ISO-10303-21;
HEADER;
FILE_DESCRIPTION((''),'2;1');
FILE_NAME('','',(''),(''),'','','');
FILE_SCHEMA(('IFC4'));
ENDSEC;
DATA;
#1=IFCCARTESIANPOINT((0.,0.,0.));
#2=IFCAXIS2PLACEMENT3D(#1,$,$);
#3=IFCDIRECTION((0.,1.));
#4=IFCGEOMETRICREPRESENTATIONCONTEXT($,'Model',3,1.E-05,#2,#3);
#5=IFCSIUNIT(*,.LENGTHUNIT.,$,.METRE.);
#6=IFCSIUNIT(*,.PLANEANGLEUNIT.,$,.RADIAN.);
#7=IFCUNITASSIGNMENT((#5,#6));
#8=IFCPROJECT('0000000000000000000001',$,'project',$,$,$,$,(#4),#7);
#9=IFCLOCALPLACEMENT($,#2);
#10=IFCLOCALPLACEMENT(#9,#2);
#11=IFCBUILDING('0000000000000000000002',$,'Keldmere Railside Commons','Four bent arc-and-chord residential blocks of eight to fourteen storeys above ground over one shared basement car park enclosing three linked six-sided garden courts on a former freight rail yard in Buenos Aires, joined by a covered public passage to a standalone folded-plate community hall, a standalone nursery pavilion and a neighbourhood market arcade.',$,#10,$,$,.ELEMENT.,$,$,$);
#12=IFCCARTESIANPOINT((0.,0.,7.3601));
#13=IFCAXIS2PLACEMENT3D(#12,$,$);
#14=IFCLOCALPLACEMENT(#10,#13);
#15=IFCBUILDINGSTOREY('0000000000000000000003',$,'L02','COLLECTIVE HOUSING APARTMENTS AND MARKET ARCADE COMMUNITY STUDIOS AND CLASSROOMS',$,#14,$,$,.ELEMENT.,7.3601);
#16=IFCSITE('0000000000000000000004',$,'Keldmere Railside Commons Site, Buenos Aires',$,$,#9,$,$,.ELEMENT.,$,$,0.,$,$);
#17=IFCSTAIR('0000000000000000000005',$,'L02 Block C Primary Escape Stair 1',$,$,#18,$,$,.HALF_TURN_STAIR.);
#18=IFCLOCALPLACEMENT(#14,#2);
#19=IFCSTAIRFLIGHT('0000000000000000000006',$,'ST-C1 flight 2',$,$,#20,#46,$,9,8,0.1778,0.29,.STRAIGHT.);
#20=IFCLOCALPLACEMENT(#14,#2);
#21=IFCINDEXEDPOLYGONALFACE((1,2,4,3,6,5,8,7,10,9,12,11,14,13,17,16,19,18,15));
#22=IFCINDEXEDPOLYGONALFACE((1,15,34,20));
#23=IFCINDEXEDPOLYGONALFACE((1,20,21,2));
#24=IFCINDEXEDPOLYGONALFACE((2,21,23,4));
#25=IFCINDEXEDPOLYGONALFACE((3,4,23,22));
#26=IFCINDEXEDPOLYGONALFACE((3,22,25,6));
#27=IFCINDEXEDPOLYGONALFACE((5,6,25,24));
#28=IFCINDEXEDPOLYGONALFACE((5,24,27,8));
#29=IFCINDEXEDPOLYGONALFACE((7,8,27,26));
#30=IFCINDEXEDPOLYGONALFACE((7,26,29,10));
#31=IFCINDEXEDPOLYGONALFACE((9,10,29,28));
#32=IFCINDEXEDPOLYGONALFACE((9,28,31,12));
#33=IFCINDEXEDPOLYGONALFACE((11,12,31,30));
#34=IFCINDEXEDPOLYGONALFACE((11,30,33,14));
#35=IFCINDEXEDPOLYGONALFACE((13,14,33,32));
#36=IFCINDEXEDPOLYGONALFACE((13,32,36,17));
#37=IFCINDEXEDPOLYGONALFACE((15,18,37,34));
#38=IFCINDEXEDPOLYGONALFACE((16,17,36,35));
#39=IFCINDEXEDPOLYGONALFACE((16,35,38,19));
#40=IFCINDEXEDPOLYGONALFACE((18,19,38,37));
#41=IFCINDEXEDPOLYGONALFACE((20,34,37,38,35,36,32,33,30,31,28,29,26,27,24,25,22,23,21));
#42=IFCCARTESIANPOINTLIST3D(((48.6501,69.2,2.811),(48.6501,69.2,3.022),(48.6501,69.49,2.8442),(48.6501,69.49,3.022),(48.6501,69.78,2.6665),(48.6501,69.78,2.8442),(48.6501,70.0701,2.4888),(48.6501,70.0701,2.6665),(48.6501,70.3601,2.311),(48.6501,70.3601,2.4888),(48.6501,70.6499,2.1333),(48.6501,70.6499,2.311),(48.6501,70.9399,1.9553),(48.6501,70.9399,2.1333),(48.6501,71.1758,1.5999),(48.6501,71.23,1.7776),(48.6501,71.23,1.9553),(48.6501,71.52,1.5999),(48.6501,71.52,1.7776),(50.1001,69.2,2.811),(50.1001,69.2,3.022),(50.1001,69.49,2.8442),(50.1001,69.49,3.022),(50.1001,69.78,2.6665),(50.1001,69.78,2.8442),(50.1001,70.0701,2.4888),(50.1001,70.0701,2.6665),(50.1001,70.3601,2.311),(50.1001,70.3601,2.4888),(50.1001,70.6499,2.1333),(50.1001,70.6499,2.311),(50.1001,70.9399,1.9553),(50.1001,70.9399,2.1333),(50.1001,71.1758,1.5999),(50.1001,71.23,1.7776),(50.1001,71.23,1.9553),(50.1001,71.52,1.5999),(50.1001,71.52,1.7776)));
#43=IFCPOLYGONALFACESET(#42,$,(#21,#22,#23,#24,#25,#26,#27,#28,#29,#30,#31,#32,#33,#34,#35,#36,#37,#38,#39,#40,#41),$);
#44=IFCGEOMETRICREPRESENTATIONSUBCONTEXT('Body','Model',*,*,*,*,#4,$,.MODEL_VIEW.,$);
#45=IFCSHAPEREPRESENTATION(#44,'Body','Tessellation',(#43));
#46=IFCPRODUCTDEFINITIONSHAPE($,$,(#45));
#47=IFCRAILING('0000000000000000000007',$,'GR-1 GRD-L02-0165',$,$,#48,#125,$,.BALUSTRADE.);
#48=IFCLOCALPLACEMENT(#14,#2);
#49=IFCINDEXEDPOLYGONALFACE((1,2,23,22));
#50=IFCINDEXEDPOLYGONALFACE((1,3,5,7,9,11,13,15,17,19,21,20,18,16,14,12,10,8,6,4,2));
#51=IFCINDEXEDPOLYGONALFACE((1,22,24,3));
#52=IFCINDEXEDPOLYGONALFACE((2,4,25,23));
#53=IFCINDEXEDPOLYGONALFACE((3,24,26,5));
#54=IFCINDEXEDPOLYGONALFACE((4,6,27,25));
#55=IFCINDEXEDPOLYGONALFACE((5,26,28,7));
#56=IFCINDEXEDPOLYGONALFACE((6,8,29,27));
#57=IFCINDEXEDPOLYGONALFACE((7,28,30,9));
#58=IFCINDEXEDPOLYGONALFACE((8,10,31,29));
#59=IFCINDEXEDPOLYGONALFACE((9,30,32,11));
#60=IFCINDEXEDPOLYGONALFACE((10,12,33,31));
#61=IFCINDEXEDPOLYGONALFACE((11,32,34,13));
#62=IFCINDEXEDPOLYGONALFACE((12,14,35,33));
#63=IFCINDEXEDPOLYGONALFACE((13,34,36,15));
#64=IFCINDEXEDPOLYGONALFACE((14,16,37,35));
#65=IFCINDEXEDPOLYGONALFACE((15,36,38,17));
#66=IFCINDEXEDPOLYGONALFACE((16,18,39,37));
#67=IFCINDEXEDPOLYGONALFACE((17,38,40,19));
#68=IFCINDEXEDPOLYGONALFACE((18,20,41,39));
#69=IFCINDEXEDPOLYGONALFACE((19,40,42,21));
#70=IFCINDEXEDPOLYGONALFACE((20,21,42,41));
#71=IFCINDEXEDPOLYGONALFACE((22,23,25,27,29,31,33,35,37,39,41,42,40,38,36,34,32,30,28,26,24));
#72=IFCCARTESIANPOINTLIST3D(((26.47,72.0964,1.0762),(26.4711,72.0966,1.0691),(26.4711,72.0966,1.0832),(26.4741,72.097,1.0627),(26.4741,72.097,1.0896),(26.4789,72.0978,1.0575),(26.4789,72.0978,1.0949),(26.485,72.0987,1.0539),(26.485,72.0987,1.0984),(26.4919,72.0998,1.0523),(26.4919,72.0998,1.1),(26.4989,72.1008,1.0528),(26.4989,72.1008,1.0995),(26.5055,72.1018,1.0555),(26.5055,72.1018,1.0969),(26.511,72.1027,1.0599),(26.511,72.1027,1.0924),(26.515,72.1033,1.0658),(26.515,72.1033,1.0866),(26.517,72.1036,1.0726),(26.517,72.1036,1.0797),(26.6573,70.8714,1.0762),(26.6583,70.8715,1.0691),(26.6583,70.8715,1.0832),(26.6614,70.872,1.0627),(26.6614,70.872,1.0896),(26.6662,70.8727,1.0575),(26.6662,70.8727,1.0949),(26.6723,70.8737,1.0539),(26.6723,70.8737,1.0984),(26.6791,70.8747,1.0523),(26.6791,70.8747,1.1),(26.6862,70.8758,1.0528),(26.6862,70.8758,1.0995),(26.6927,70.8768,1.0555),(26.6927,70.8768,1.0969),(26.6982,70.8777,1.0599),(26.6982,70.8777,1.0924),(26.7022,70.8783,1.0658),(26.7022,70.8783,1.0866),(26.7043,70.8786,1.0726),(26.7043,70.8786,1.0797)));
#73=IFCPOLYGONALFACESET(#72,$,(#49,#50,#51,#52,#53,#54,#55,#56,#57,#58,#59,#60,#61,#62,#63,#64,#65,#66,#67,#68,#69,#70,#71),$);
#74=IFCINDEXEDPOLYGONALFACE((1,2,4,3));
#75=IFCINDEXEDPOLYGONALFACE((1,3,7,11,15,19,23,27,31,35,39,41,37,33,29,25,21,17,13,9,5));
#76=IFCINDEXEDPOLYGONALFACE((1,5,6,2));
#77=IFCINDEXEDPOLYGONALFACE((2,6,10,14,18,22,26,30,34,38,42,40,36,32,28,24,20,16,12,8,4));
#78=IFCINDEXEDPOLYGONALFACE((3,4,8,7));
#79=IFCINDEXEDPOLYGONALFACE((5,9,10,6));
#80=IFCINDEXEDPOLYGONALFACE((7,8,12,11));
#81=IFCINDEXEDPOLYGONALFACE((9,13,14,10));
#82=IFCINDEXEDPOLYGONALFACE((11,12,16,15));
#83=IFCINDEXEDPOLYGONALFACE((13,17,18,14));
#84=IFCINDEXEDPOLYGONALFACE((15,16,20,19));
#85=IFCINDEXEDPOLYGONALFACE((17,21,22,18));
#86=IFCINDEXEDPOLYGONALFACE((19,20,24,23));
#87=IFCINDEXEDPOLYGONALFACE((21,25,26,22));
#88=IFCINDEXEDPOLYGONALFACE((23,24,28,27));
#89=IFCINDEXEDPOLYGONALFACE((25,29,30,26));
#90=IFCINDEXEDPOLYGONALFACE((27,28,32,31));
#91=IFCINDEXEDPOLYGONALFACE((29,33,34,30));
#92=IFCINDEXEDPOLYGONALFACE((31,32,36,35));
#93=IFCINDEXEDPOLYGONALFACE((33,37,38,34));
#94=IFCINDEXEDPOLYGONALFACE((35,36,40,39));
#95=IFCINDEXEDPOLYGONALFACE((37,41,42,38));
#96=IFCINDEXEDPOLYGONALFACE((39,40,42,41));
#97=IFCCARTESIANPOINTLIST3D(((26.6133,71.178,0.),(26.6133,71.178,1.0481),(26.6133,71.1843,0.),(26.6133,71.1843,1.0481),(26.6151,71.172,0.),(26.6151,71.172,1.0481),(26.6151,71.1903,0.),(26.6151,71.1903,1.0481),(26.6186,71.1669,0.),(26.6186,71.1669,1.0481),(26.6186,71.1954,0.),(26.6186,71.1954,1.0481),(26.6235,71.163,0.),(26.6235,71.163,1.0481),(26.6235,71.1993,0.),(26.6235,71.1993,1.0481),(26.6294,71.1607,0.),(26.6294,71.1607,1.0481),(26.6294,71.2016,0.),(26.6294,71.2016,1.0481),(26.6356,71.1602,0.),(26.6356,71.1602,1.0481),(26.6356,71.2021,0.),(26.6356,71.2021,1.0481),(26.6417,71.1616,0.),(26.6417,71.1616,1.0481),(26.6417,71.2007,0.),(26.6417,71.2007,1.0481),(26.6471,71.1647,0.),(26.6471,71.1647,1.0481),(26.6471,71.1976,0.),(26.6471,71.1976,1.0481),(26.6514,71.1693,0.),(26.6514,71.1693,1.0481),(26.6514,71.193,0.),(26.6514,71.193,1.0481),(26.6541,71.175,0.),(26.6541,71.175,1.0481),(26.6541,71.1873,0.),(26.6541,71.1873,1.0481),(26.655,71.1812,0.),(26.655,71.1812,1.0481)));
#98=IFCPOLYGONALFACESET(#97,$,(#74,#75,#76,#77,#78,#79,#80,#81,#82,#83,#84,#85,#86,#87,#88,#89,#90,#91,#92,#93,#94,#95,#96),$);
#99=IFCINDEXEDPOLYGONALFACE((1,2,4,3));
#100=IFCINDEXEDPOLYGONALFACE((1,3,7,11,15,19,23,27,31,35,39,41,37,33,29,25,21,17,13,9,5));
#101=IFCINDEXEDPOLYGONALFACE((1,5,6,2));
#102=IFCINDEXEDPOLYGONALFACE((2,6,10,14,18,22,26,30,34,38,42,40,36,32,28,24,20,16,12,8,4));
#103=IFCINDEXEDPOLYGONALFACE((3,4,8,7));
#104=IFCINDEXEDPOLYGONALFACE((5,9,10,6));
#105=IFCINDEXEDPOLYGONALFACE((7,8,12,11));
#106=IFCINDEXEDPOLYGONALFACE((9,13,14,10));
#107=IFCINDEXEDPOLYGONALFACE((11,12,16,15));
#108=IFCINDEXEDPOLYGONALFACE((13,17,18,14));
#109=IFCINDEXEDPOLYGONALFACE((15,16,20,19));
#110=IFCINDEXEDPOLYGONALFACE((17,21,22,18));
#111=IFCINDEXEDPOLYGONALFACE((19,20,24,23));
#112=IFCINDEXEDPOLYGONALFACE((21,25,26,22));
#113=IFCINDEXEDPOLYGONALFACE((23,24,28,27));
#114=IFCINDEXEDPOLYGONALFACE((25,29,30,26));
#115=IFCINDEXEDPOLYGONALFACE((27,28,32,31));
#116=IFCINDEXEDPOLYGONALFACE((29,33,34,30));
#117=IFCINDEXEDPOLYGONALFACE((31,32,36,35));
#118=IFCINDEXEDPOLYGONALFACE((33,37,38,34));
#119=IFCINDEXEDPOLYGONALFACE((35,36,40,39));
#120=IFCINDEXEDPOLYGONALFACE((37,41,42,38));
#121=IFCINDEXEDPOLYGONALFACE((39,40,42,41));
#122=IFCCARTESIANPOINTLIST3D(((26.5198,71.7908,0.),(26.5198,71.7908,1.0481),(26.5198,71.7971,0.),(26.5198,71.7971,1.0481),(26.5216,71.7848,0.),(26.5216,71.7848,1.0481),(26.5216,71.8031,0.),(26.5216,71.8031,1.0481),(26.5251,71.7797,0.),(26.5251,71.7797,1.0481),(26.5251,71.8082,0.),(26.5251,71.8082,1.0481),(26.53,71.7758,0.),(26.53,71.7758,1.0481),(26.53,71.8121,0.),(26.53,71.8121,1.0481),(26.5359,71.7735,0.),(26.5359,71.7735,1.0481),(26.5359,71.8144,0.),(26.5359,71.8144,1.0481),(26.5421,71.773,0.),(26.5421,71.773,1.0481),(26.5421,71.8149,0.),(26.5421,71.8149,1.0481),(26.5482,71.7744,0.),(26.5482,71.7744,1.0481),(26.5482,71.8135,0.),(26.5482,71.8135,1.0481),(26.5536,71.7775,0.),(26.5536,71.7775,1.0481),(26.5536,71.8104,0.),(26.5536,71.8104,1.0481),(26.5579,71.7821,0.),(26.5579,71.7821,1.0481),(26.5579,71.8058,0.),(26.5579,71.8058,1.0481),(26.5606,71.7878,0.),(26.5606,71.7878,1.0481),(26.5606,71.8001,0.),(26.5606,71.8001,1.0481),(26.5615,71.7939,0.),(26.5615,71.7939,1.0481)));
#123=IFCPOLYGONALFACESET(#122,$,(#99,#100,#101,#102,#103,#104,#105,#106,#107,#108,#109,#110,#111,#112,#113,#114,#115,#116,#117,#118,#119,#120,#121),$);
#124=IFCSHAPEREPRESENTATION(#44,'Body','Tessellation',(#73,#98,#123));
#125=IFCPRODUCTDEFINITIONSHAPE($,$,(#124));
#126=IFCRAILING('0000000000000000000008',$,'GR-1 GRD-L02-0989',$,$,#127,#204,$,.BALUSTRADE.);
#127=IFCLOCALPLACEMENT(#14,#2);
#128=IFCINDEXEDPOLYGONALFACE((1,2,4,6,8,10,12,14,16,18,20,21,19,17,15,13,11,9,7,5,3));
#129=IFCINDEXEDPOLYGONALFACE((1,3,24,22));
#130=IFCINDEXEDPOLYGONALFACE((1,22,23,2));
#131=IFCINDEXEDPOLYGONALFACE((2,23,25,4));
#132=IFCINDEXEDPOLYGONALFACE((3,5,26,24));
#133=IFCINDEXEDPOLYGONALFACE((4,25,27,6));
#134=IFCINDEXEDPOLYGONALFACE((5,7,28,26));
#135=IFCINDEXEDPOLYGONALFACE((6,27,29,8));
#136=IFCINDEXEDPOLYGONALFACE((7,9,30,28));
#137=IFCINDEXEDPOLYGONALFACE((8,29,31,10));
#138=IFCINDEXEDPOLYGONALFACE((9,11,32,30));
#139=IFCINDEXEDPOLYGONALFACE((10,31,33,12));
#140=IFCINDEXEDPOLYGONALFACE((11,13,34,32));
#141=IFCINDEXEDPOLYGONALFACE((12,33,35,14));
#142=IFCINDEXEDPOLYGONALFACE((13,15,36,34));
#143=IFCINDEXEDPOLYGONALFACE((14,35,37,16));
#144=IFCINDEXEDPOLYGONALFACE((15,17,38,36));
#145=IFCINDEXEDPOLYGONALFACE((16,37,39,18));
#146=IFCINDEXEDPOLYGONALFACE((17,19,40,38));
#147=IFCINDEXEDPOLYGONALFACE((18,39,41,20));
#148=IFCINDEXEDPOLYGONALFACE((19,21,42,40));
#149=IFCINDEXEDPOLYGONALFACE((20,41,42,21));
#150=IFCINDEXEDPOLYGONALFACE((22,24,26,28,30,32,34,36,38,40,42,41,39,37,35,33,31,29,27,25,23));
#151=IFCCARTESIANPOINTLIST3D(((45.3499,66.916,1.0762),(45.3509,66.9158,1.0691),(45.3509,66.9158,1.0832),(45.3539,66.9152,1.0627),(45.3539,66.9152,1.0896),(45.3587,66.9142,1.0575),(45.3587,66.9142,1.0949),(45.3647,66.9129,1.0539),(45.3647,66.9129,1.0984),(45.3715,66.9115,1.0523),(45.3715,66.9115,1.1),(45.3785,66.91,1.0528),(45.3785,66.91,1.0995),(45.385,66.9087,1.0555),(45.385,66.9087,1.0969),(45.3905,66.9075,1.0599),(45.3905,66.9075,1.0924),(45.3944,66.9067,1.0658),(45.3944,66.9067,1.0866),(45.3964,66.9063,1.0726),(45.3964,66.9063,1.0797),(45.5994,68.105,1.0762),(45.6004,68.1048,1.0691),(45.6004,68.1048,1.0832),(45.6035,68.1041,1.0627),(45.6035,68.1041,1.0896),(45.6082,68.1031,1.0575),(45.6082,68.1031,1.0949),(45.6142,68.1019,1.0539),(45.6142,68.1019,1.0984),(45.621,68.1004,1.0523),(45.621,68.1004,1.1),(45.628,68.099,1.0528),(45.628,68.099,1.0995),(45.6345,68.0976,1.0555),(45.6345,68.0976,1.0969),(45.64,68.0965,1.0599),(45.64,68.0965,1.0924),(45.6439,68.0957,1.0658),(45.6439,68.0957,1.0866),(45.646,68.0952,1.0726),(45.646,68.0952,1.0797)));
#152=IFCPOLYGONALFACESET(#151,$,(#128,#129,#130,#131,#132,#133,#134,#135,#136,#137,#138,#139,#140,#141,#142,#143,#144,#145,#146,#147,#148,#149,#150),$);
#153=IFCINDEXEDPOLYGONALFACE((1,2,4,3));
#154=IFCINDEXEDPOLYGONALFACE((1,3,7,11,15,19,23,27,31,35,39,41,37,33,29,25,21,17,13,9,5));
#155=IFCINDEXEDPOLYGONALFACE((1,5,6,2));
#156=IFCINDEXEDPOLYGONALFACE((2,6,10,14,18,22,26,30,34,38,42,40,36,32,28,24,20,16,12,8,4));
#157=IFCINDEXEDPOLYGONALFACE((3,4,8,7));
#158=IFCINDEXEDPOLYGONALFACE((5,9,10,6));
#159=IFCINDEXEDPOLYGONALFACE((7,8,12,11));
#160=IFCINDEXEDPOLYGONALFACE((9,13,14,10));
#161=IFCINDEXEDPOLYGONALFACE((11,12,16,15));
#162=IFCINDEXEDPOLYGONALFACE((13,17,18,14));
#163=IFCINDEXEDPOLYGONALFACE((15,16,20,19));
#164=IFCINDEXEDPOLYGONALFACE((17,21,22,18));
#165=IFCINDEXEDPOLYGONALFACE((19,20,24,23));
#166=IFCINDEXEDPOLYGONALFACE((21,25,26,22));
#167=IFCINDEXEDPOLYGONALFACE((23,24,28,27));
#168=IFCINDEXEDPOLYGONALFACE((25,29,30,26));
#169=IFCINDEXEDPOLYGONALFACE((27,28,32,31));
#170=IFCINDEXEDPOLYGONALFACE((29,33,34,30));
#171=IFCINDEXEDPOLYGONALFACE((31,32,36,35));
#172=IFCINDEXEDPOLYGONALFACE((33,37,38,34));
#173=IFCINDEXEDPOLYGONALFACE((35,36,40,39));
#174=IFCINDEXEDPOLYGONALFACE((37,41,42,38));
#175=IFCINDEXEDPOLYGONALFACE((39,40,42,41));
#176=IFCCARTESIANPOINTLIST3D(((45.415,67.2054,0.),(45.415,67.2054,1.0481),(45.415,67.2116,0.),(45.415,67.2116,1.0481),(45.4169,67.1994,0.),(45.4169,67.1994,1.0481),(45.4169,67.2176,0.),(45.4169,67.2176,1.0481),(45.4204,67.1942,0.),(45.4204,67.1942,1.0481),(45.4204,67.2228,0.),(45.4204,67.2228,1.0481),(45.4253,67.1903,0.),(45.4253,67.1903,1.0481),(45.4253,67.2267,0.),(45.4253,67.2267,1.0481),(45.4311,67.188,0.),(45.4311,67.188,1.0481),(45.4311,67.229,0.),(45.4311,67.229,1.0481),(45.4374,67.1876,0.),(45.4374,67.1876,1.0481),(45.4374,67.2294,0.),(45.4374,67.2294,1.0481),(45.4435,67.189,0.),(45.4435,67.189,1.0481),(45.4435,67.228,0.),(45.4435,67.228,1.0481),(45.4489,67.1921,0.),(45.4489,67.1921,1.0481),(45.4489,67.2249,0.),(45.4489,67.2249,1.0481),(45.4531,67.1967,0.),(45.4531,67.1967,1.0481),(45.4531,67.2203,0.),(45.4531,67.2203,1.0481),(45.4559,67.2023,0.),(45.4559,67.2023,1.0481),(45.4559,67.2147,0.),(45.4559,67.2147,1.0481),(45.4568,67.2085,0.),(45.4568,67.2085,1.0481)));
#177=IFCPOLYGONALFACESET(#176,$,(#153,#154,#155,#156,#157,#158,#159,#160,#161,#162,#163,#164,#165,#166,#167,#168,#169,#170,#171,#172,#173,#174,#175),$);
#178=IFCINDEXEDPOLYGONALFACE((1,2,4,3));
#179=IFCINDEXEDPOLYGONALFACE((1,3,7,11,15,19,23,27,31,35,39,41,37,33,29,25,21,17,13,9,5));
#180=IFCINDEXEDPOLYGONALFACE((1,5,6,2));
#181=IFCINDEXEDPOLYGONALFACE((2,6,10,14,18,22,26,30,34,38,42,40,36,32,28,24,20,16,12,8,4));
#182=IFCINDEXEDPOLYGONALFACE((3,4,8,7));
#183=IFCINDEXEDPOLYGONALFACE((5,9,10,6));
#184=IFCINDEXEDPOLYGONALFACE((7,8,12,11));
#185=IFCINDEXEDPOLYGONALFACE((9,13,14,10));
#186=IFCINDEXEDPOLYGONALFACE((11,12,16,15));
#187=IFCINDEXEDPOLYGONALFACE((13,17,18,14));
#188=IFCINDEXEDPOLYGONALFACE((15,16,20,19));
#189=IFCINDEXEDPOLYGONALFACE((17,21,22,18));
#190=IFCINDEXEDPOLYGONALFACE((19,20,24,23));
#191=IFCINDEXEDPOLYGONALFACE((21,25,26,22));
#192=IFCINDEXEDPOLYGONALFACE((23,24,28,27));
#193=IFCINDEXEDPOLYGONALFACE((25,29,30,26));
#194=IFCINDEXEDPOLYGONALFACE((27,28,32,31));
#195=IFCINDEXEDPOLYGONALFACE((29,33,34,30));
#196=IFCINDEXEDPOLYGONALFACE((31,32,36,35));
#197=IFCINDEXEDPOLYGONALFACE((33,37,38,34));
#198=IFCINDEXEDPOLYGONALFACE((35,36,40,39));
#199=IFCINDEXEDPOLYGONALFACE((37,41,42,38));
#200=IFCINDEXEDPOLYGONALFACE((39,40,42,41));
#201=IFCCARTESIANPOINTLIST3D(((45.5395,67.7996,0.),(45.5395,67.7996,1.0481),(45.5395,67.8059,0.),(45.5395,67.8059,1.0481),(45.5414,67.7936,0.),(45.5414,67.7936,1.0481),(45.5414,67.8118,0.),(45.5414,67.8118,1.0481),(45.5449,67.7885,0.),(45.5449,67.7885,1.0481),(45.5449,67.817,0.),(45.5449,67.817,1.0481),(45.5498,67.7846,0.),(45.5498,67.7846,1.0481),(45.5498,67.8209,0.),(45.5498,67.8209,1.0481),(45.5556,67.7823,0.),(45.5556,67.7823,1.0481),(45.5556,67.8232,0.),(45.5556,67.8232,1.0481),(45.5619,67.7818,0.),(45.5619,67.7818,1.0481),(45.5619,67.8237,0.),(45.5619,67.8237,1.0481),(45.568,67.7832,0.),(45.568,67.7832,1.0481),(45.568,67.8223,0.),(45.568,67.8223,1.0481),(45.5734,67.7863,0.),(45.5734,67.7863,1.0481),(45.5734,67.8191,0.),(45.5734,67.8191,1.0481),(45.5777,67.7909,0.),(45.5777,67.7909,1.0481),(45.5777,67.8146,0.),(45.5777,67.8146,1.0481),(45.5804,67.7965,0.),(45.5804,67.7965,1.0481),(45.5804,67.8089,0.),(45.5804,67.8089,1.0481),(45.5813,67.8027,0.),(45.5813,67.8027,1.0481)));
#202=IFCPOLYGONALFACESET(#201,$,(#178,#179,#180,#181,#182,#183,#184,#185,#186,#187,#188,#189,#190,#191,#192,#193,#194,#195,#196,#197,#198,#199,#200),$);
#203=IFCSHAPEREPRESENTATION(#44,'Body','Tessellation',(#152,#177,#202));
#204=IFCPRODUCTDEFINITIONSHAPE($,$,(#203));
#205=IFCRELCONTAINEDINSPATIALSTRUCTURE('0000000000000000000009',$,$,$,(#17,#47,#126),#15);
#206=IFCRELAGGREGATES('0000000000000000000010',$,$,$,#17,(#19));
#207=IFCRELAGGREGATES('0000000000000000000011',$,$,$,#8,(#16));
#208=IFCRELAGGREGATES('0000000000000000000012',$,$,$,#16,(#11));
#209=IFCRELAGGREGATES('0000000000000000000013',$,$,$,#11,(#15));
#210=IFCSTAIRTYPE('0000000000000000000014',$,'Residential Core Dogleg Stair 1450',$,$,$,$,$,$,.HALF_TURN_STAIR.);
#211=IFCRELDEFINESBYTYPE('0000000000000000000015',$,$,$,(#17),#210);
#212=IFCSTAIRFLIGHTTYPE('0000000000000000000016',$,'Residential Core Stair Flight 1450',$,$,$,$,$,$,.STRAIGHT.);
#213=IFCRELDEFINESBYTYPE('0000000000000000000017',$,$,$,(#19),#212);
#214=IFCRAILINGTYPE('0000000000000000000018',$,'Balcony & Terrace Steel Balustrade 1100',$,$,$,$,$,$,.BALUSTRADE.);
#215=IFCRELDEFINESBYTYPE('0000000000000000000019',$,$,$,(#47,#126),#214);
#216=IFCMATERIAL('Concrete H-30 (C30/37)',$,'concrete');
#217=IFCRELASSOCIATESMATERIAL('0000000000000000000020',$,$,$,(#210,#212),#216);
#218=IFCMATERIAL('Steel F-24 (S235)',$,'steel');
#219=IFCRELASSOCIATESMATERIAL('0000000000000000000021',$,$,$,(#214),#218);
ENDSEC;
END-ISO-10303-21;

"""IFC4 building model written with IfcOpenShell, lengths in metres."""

from ifc_helpers import new_model, si_unit, direction, frame, origin, origin_2d, place, context, subcontext, project, spatial, polyline, circle, outline, extrude, material, type_object, element, aggregate, save


model = new_model("IFC4")

# Units and contexts
model_context = context("Model", 3, precision=1e-05, world=origin(), true_north=direction((0.0, 1.0)))
body_context = subcontext(model_context, "Body", "Model", "MODEL_VIEW")
ifc_project = project(units=[si_unit("LENGTHUNIT", "METRE"), si_unit("PLANEANGLEUNIT", "RADIAN")], contexts=[model_context])

# Site, building, storey
site_placement = place(None, origin())
site = spatial("IfcSite", under=ifc_project, at=site_placement, Name="Keldmere Railside Commons Site, Buenos Aires", CompositionType="ELEMENT", RefElevation=0.0)
building_placement = place(site_placement, origin())
building = spatial("IfcBuilding", under=site, at=building_placement, Name="Keldmere Railside Commons", Description="Four bent arc-and-chord residential blocks of eight to fourteen storeys above ground over one shared basement car park enclosing three linked six-sided garden courts on a former freight rail yard in Buenos Aires, joined by a covered public passage to a standalone folded-plate community hall, a standalone nursery pavilion and a neighbourhood market arcade.", CompositionType="ELEMENT")
storey_placement = place(building_placement, frame((0.0, 0.0, 7.3601)))
storey = spatial("IfcBuildingStorey", under=building, at=storey_placement, Name="L02", Description="COLLECTIVE HOUSING APARTMENTS AND MARKET ARCADE COMMUNITY STUDIOS AND CLASSROOMS", CompositionType="ELEMENT", Elevation=7.3601)

# Shared definitions
ifc_material_1 = material(Name="Concrete H-30 (C30/37)", Category="concrete")

# Shared definitions
ifc_material_2 = material(Name="Steel F-24 (S235)", Category="steel")

# Stair, stair flight
stair_type = type_object("IfcStairType", Name="Residential Core Dogleg Stair 1450", PredefinedType="HALF_TURN_STAIR", material=ifc_material_1)
stair_placement = place(storey_placement, origin())
stair = element("IfcStair", 1, at=stair_placement, inside=storey, type_object=stair_type, Name="L02 Block C Primary Escape Stair 1", PredefinedType="HALF_TURN_STAIR")
stair_flight_type = type_object("IfcStairFlightType", Name="Residential Core Stair Flight 1450", PredefinedType="STRAIGHT", material=ifc_material_1)
stair_flight_1_placement = place(storey_placement, frame((49.375, 71.52, 1.5999), z_axis=(0.0, 0.0, 1.0), x_axis=(0.0, -1.0, 0.0)))
stair_flight_1 = element("IfcStairFlight", 2, at=stair_flight_1_placement, type_object=stair_flight_type, Name="ST-C1 flight 2", NumberOfRisers=9, NumberOfTreads=8, PredefinedType="STRAIGHT", RiserHeight=0.1778, TreadLength=0.29, context=body_context, shape_type="SweptSolid", body=[
    extrude(outline(polyline([(0.0, 0.0), (0.0, 0.1777), (0.29, 0.1777), (0.29, 0.3555), (0.5801, 0.3555), (0.5801, 0.5334), (0.8701, 0.5334), (0.8701, 0.7112), (1.1599, 0.7112), (1.1599, 0.8889), (1.45, 0.8889), (1.45, 1.0667), (1.74, 1.0667), (1.74, 1.2444), (2.03, 1.2444), (2.03, 1.4221), (2.3201, 1.4221), (2.3201, 1.6001), (2.3201, 1.2112), (0.3442, 0.0), (0.0, 0.0)])), frame((0.0, 0.7251, 0.0), z_axis=(0.0, -1.0, 0.0), x_axis=(1.0, 0.0, 0.0)), (0.0, 0.0, 1.0), 1.45),
])
aggregate(stair, [stair_flight_1])

# Railings
railing_type_1 = type_object("IfcRailingType", Name="Balcony & Terrace Steel Balustrade 1100", PredefinedType="BALUSTRADE", material=ifc_material_2)
railing_1_placement = place(storey_placement, frame((26.6809, 70.875, 0.0)))
element("IfcRailing", 3, at=railing_1_placement, inside=storey, type_object=railing_type_1, Name="GR-1 GRD-L02-0165", PredefinedType="BALUSTRADE", context=body_context, shape_type="SweptSolid", body=[
    extrude(circle(Radius=0.0239, at=origin_2d()), frame((0.0, 0.0, 1.0762), z_axis=(-0.151095, 0.988519, 0.0), x_axis=(-0.988519, -0.151095, 0.0)), (0.0, 0.0, 1.0), 1.2393),
    extrude(circle(Radius=0.021, at=origin_2d()), frame((-0.0469, 0.3062, 0.0)), (0.0, 0.0, 1.0), 1.0481),
    extrude(circle(Radius=0.021, at=origin_2d()), frame((-0.1404, 0.9189, 0.0)), (0.0, 0.0, 1.0), 1.0481),
])
railing_2_placement = place(storey_placement, frame((45.3733, 66.9111, 0.0)))
element("IfcRailing", 4, at=railing_2_placement, inside=storey, type_object=railing_type_1, Name="GR-1 GRD-L02-0989", PredefinedType="BALUSTRADE", context=body_context, shape_type="SweptSolid", body=[
    extrude(circle(Radius=0.0239, at=origin_2d()), frame((0.0, 0.0, 1.0762), z_axis=(0.205383, 0.978682, 0.0), x_axis=(-0.978682, 0.205383, 0.0)), (0.0, 0.0, 1.0), 1.2148),
    extrude(circle(Radius=0.021, at=origin_2d()), frame((0.0625, 0.2974, 0.0)), (0.0, 0.0, 1.0), 1.0481),
    extrude(circle(Radius=0.021, at=origin_2d()), frame((0.187, 0.8916, 0.0)), (0.0, 0.0, 1.0), 1.0481),
])

save(model, "model.ifc")
